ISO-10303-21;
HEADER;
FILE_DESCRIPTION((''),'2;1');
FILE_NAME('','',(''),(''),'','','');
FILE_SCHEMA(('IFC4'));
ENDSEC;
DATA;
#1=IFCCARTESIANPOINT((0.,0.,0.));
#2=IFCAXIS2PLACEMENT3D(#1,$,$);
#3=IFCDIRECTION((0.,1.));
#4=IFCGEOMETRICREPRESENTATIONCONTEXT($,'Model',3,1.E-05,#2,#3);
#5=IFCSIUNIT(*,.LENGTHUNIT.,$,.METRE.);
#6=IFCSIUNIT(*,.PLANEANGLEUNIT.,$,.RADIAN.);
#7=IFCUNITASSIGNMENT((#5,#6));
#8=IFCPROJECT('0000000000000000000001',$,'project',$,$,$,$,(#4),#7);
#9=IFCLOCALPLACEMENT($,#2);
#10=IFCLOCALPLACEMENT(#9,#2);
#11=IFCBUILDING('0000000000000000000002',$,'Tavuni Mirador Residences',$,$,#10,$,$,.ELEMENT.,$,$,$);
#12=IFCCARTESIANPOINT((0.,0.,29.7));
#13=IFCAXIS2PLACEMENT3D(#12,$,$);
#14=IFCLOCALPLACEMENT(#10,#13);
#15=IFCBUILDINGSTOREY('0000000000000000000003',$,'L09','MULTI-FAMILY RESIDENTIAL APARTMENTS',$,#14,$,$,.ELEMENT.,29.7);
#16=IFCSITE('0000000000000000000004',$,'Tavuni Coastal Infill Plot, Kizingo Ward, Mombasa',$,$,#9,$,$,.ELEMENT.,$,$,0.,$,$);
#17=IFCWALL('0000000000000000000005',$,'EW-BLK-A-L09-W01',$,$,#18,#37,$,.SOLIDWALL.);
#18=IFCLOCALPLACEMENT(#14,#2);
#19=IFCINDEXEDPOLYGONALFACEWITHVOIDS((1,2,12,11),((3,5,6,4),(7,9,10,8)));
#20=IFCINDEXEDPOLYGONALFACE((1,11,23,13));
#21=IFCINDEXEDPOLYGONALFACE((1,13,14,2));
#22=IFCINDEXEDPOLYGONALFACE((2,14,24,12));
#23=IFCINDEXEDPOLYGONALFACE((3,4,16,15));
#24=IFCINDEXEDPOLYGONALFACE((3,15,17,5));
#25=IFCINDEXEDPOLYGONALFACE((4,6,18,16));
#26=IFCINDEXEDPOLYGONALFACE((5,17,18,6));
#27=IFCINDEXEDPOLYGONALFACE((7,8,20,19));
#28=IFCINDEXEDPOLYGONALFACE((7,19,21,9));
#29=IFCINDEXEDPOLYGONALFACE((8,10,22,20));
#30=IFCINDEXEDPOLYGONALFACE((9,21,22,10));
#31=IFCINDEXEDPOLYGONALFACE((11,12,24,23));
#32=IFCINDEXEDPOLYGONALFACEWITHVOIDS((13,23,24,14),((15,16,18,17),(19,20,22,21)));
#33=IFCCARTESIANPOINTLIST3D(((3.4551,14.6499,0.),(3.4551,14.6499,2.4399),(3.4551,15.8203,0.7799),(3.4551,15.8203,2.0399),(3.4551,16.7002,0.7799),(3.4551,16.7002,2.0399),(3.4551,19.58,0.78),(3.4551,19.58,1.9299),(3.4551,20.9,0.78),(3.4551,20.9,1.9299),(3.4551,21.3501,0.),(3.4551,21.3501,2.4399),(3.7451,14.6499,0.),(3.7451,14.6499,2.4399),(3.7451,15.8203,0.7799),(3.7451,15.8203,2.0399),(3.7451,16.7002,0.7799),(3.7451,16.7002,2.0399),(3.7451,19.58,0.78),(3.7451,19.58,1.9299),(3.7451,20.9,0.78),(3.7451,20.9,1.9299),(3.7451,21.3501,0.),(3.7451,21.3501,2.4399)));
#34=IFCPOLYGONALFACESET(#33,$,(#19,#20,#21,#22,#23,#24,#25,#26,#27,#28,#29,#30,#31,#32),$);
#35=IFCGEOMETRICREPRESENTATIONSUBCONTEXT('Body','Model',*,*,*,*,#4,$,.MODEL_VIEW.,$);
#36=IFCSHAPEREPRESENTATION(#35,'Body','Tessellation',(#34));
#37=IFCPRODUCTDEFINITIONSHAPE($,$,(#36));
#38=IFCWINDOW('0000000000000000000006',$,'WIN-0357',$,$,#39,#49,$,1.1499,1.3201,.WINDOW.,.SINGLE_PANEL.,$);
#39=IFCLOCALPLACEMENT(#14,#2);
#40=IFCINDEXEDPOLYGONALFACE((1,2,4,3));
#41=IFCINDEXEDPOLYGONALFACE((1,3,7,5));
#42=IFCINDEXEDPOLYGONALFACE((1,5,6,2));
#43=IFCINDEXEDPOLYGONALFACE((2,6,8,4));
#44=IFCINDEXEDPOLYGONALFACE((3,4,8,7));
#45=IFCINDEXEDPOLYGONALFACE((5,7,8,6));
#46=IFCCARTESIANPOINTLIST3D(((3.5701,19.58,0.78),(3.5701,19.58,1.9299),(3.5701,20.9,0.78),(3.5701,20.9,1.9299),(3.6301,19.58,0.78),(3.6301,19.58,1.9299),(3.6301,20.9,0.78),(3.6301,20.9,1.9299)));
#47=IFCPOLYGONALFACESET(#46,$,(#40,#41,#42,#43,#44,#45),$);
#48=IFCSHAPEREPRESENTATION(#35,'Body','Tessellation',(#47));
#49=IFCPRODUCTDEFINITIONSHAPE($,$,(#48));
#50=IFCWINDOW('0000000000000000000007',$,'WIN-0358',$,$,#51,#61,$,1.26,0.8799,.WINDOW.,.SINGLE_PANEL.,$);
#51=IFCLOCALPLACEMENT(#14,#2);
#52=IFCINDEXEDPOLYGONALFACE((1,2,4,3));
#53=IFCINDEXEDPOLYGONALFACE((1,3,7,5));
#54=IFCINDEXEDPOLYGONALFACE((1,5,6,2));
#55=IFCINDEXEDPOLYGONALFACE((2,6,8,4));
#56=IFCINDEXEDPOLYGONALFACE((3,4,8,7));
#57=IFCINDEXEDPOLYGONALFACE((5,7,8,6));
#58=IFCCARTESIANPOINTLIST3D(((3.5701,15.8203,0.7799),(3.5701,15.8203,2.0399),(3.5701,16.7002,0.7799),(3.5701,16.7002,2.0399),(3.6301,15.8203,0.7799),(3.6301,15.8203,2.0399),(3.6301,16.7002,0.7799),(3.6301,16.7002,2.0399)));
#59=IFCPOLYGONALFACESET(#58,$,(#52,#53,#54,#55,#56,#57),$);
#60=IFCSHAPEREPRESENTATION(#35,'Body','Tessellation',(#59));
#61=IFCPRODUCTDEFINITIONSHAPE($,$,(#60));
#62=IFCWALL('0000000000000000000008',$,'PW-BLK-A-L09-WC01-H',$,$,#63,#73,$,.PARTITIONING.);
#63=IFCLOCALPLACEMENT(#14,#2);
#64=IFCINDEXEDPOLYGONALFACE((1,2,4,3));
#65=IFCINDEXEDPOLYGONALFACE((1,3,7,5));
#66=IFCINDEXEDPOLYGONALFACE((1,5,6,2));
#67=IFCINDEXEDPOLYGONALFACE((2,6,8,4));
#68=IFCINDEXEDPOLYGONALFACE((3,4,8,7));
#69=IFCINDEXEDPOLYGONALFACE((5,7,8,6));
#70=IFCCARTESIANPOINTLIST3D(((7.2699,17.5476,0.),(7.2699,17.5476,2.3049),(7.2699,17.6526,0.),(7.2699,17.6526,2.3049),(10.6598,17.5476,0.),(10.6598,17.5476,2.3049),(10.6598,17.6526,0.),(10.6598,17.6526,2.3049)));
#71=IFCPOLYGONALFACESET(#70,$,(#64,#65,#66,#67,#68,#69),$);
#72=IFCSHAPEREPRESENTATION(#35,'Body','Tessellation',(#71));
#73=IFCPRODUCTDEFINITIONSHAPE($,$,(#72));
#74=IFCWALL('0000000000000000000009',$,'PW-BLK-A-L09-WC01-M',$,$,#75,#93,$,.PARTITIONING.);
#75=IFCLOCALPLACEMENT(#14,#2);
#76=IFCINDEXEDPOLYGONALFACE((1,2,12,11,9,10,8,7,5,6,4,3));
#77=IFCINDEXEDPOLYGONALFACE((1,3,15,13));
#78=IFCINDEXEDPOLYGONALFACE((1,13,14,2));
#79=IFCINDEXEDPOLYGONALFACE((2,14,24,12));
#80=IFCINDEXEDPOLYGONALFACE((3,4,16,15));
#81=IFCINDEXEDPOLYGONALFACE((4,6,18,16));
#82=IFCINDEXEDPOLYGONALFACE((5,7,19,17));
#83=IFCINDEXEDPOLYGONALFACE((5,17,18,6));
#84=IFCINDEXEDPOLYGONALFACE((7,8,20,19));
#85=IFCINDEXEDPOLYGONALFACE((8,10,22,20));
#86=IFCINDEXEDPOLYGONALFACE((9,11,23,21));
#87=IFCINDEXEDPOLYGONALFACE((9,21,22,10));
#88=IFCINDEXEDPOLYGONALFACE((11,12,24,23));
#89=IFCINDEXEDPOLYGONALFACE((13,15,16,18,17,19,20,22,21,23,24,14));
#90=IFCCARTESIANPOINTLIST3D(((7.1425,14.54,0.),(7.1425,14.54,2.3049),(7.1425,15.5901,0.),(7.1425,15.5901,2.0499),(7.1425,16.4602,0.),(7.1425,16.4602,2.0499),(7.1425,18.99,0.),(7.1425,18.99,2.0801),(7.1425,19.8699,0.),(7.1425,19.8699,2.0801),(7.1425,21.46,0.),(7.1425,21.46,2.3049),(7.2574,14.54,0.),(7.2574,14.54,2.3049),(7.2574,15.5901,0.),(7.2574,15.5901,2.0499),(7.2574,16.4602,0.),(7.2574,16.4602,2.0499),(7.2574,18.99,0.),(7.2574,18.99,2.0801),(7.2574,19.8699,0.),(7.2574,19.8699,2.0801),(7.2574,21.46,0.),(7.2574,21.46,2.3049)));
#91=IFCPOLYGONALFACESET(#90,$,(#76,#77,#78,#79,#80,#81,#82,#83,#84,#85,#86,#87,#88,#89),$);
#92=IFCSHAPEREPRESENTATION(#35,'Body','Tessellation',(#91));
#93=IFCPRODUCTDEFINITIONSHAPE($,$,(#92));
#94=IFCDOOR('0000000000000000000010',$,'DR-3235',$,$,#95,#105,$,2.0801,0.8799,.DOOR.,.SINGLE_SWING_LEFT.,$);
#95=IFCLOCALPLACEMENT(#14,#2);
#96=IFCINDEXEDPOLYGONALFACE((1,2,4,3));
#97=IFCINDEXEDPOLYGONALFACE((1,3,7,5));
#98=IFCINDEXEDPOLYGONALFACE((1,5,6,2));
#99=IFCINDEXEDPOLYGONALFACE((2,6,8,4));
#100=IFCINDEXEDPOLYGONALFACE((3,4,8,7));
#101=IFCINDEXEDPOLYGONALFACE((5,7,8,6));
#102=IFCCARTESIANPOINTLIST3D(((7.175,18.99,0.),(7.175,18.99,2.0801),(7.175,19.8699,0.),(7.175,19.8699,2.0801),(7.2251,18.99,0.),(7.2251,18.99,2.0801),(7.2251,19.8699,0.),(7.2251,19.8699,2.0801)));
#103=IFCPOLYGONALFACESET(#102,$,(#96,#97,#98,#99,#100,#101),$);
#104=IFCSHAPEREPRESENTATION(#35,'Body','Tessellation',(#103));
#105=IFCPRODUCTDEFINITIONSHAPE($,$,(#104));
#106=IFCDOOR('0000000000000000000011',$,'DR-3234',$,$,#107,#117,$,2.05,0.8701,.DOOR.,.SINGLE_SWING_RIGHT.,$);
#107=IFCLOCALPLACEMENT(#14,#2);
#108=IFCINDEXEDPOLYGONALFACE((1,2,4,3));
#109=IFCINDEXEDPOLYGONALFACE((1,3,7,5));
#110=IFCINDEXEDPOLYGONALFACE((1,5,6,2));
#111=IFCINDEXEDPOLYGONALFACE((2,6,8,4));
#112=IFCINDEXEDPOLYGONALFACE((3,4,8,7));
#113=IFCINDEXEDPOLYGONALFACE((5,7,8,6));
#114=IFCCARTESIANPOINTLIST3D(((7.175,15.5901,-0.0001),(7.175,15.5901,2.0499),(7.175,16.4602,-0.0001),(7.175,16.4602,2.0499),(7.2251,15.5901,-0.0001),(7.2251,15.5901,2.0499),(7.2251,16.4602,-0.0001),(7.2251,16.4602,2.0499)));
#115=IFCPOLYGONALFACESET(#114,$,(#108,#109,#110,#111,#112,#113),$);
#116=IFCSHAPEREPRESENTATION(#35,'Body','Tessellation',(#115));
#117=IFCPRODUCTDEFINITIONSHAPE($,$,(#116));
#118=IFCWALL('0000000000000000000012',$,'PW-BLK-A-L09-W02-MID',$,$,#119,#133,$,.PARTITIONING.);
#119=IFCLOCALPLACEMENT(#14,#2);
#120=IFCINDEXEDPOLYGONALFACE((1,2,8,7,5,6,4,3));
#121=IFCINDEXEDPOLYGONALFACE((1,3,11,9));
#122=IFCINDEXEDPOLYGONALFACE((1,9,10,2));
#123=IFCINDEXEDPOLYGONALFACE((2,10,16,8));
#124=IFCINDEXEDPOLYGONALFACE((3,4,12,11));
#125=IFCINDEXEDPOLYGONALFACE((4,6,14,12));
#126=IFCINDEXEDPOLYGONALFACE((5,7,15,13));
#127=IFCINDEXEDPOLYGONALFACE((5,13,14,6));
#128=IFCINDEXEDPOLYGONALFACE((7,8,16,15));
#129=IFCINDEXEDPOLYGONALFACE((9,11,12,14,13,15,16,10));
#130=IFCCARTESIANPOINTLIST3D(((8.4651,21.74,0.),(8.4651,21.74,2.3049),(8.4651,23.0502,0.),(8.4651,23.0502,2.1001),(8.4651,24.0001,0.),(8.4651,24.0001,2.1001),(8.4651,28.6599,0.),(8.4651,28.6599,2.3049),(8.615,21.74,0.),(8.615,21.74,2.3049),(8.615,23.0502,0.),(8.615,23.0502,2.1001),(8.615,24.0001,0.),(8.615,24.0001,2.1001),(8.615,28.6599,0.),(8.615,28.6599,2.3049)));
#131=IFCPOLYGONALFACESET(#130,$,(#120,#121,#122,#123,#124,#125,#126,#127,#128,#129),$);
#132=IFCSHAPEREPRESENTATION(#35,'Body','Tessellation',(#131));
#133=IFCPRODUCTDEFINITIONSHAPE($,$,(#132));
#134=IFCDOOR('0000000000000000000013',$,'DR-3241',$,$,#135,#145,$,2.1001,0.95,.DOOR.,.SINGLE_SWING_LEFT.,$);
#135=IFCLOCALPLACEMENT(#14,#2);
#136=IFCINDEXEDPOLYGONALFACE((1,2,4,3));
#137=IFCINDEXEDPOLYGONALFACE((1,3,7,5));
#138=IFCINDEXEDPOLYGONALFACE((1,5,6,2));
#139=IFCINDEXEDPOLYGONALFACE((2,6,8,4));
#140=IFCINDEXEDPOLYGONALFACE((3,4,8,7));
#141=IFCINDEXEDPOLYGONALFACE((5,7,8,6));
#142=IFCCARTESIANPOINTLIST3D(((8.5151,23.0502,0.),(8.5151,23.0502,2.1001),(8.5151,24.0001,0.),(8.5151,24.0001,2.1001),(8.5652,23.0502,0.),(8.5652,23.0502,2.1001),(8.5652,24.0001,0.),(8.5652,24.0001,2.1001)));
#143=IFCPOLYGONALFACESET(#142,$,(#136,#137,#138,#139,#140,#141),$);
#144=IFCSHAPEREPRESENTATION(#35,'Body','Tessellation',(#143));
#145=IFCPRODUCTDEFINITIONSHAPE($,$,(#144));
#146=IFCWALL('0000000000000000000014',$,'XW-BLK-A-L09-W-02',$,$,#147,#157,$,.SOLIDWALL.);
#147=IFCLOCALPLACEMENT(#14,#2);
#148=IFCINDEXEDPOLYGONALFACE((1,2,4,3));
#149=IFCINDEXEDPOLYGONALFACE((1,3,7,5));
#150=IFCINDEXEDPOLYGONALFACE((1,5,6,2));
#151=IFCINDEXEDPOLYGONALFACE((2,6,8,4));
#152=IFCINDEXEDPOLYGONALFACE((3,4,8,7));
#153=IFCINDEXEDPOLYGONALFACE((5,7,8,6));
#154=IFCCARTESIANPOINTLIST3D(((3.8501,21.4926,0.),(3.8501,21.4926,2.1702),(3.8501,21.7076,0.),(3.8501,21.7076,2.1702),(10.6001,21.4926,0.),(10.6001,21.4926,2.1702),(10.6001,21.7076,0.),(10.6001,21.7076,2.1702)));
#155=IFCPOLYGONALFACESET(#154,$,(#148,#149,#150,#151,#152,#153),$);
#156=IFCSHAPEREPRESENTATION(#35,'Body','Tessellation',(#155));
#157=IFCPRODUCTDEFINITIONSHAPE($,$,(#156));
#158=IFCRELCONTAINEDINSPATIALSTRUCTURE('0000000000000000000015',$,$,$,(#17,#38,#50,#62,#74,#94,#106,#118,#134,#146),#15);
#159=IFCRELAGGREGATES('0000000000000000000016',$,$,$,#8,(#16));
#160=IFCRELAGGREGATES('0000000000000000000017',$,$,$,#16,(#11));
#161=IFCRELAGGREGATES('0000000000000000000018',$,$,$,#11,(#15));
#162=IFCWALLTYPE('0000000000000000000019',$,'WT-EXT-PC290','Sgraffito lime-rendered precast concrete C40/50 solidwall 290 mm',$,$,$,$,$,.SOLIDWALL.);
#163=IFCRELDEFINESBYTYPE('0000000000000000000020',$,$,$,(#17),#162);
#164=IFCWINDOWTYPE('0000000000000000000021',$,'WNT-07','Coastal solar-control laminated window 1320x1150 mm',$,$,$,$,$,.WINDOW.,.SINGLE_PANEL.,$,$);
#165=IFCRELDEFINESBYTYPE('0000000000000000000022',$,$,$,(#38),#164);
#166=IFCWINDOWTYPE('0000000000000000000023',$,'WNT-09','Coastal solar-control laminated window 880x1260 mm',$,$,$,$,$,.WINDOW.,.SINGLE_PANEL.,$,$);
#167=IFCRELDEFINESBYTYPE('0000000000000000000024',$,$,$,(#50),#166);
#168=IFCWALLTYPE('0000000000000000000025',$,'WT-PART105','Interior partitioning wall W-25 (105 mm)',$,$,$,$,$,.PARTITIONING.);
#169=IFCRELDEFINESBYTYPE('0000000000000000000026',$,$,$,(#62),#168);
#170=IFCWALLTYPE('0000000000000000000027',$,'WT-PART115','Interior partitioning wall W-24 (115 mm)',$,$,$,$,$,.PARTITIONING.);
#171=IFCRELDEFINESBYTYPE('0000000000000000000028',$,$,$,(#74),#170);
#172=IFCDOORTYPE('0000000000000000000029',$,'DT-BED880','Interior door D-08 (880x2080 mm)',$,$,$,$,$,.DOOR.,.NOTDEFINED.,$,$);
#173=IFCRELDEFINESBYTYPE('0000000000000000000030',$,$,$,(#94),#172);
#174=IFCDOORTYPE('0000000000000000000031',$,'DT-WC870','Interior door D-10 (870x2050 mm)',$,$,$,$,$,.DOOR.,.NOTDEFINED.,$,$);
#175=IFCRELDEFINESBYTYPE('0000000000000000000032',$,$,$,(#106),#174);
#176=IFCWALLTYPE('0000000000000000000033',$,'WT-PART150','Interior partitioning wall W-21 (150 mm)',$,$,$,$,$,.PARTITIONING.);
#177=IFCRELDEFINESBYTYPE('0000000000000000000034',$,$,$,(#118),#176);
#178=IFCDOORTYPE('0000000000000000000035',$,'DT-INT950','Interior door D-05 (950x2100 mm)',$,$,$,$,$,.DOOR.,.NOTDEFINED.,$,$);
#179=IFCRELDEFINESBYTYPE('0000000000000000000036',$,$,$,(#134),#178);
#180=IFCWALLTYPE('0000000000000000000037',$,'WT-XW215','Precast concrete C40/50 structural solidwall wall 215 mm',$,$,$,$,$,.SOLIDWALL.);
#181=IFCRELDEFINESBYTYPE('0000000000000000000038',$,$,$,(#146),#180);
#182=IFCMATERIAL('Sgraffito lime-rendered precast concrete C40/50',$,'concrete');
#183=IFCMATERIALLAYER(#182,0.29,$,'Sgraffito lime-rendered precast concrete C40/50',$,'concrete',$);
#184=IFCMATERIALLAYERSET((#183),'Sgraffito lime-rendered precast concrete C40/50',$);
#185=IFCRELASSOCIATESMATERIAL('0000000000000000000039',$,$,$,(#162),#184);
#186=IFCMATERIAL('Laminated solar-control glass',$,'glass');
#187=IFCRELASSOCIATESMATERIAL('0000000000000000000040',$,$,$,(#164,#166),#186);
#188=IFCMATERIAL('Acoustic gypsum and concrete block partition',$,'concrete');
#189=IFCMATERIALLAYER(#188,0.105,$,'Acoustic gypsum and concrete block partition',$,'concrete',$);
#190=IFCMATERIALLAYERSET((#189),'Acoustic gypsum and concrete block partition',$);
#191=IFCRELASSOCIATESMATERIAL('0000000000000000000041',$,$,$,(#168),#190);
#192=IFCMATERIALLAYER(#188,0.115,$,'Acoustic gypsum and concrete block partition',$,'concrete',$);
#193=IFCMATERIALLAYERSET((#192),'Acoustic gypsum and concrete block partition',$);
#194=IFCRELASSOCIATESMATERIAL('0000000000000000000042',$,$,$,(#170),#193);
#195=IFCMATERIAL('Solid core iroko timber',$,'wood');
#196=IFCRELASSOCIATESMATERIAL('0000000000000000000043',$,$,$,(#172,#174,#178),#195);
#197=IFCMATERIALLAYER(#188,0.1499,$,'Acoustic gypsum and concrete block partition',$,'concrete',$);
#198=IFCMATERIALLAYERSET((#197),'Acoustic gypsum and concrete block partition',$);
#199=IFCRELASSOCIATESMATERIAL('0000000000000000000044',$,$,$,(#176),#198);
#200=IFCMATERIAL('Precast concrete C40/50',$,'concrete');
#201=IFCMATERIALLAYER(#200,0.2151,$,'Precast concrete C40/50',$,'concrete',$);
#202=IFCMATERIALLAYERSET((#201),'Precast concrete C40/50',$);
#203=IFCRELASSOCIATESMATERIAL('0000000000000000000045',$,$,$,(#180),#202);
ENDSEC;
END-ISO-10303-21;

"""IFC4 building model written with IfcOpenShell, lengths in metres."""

from ifc_helpers import new_model, si_unit, direction, frame, frame_2d, origin, place, context, subcontext, project, spatial, rectangle, extrude, material, layer, layer_set, type_object, element, fill, save


model = new_model("IFC4")

# Units and contexts
model_context = context("Model", 3, precision=1e-05, world=origin(), true_north=direction((0.0, 1.0)))
body_context = subcontext(model_context, "Body", "Model", "MODEL_VIEW")
ifc_project = project(units=[si_unit("LENGTHUNIT", "METRE"), si_unit("PLANEANGLEUNIT", "RADIAN")], contexts=[model_context])

# Site, building, storey
site_placement = place(None, origin())
site = spatial("IfcSite", under=ifc_project, at=site_placement, Name="Tavuni Coastal Infill Plot, Kizingo Ward, Mombasa", CompositionType="ELEMENT", RefElevation=0.0)
building_placement = place(site_placement, origin())
building = spatial("IfcBuilding", under=site, at=building_placement, Name="Tavuni Mirador Residences", CompositionType="ELEMENT")
storey_placement = place(building_placement, frame((0.0, 0.0, 29.7)))
storey = spatial("IfcBuildingStorey", under=building, at=storey_placement, Name="L09", Description="MULTI-FAMILY RESIDENTIAL APARTMENTS", CompositionType="ELEMENT", Elevation=29.7)

# Shared definitions
ifc_material_1 = material(Name="Precast concrete C40/50", Category="concrete")

# Shared definitions
ifc_material_2 = material(Name="Laminated solar-control glass", Category="glass")

# Wall, openings, windows
ifc_material_3 = material(Name="Sgraffito lime-rendered precast concrete C40/50", Category="concrete")
ifc_layer_1 = layer(ifc_material_3, 0.29, Name="Sgraffito lime-rendered precast concrete C40/50", Category="concrete")
ifc_layer_set_1 = layer_set([ifc_layer_1], Name="Sgraffito lime-rendered precast concrete C40/50")
wall_type_1 = type_object("IfcWallType", Name="WT-EXT-PC290", Description="Sgraffito lime-rendered precast concrete C40/50 solidwall 290 mm", PredefinedType="SOLIDWALL", material=ifc_layer_set_1)
wall_1_placement = place(storey_placement, frame((3.6001, 21.3501, 0.0), z_axis=(0.0, 0.0, 1.0), x_axis=(0.0, -1.0, 0.0)))
wall_1 = element("IfcWall", 1, at=wall_1_placement, inside=storey, type_object=wall_type_1, Name="EW-BLK-A-L09-W01", PredefinedType="SOLIDWALL", context=body_context, shape_type="SweptSolid", body=[
    extrude(rectangle(XDim=6.7002, YDim=0.29, at=frame_2d((3.3501, 0.0))), origin(), (0.0, 0.0, 1.0), 2.4399),
])
opening_1_placement = place(wall_1_placement, frame((0.45, 0.0, 0.78)))
opening_1 = element("IfcOpeningElement", 2, at=opening_1_placement, cuts=wall_1, PredefinedType="OPENING", context=body_context, shape_type="SweptSolid", body=[
    extrude(rectangle(XDim=1.3201, YDim=1.1499, at=frame_2d((0.6602, 0.575))), frame((0.0, 0.155, 0.0), z_axis=(0.0, -1.0, 0.0), x_axis=(1.0, 0.0, 0.0)), (0.0, 0.0, 1.0), 0.3101),
])
opening_2_placement = place(wall_1_placement, frame((4.6499, 0.0, 0.78)))
opening_2 = element("IfcOpeningElement", 3, at=opening_2_placement, cuts=wall_1, PredefinedType="OPENING", context=body_context, shape_type="SweptSolid", body=[
    extrude(rectangle(XDim=0.8799, YDim=1.26, at=frame_2d((0.4399, 0.6299))), frame((0.0, 0.155, 0.0), z_axis=(0.0, -1.0, 0.0), x_axis=(1.0, 0.0, 0.0)), (0.0, 0.0, 1.0), 0.3101),
])
window_type_1 = type_object("IfcWindowType", Name="WNT-07", Description="Coastal solar-control laminated window 1320x1150 mm", PartitioningType="SINGLE_PANEL", PredefinedType="WINDOW", material=ifc_material_2)
window_1_placement = place(opening_1_placement, origin())
window_1 = element("IfcWindow", 4, at=window_1_placement, inside=storey, type_object=window_type_1, Name="WIN-0357", OverallHeight=1.1499, OverallWidth=1.3201, PartitioningType="SINGLE_PANEL", PredefinedType="WINDOW", context=body_context, shape_type="SweptSolid", body=[
    extrude(rectangle(XDim=1.3201, YDim=1.1499, at=frame_2d((0.6602, 0.575))), frame((0.0, 0.03, 0.0), z_axis=(0.0, -1.0, 0.0), x_axis=(1.0, 0.0, 0.0)), (0.0, 0.0, 1.0), 0.0601),
])
fill(opening_1, window_1)
window_type_2 = type_object("IfcWindowType", Name="WNT-09", Description="Coastal solar-control laminated window 880x1260 mm", PartitioningType="SINGLE_PANEL", PredefinedType="WINDOW", material=ifc_material_2)
window_2_placement = place(opening_2_placement, origin())
window_2 = element("IfcWindow", 5, at=window_2_placement, inside=storey, type_object=window_type_2, Name="WIN-0358", OverallHeight=1.26, OverallWidth=0.8799, PartitioningType="SINGLE_PANEL", PredefinedType="WINDOW", context=body_context, shape_type="SweptSolid", body=[
    extrude(rectangle(XDim=0.8799, YDim=1.26, at=frame_2d((0.4399, 0.6299))), frame((0.0, 0.03, 0.0), z_axis=(0.0, -1.0, 0.0), x_axis=(1.0, 0.0, 0.0)), (0.0, 0.0, 1.0), 0.0601),
])
fill(opening_2, window_2)

# Wall
ifc_material_4 = material(Name="Acoustic gypsum and concrete block partition", Category="concrete")
ifc_layer_2 = layer(ifc_material_4, 0.105, Name="Acoustic gypsum and concrete block partition", Category="concrete")
ifc_layer_set_2 = layer_set([ifc_layer_2], Name="Acoustic gypsum and concrete block partition")
wall_type_2 = type_object("IfcWallType", Name="WT-PART105", Description="Interior partitioning wall W-25 (105 mm)", PredefinedType="PARTITIONING", material=ifc_layer_set_2)
wall_2_placement = place(storey_placement, frame((7.27, 17.6001, 0.0), z_axis=(0.0, 0.0, 1.0), x_axis=(1.0, 0.0, 0.0)))
element("IfcWall", 6, at=wall_2_placement, inside=storey, type_object=wall_type_2, Name="PW-BLK-A-L09-WC01-H", PredefinedType="PARTITIONING", context=body_context, shape_type="SweptSolid", body=[
    extrude(rectangle(XDim=3.3899, YDim=0.105, at=frame_2d((1.6948, 0.0))), origin(), (0.0, 0.0, 1.0), 2.3049),
])

# Wall, openings, doors
ifc_layer_3 = layer(ifc_material_4, 0.115, Name="Acoustic gypsum and concrete block partition", Category="concrete")
ifc_layer_set_3 = layer_set([ifc_layer_3], Name="Acoustic gypsum and concrete block partition")
wall_type_3 = type_object("IfcWallType", Name="WT-PART115", Description="Interior partitioning wall W-24 (115 mm)", PredefinedType="PARTITIONING", material=ifc_layer_set_3)
wall_3_placement = place(storey_placement, frame((7.2, 14.54, 0.0), z_axis=(0.0, 0.0, 1.0), x_axis=(0.0, 1.0, 0.0)))
wall_3 = element("IfcWall", 7, at=wall_3_placement, inside=storey, type_object=wall_type_3, Name="PW-BLK-A-L09-WC01-M", PredefinedType="PARTITIONING", context=body_context, shape_type="SweptSolid", body=[
    extrude(rectangle(XDim=6.9199, YDim=0.115, at=frame_2d((3.46, 0.0))), origin(), (0.0, 0.0, 1.0), 2.3049),
])
opening_3_placement = place(wall_3_placement, frame((1.05, 0.0, 0.0)))
opening_3 = element("IfcOpeningElement", 8, at=opening_3_placement, cuts=wall_3, PredefinedType="OPENING", context=body_context, shape_type="SweptSolid", body=[
    extrude(rectangle(XDim=0.8701, YDim=2.05, at=frame_2d((0.4351, 1.0249))), frame((0.0, 0.0674, 0.0), z_axis=(0.0, -1.0, 0.0), x_axis=(1.0, 0.0, 0.0)), (0.0, 0.0, 1.0), 0.135),
])
opening_4_placement = place(wall_3_placement, frame((4.45, 0.0, 0.0)))
opening_4 = element("IfcOpeningElement", 9, at=opening_4_placement, cuts=wall_3, PredefinedType="OPENING", context=body_context, shape_type="SweptSolid", body=[
    extrude(rectangle(XDim=0.8799, YDim=2.0801, at=frame_2d((0.4399, 1.04))), frame((0.0, 0.0674, 0.0), z_axis=(0.0, -1.0, 0.0), x_axis=(1.0, 0.0, 0.0)), (0.0, 0.0, 1.0), 0.135),
])
ifc_material_5 = material(Name="Solid core iroko timber", Category="wood")
door_type_1 = type_object("IfcDoorType", Name="DT-BED880", Description="Interior door D-08 (880x2080 mm)", OperationType="NOTDEFINED", PredefinedType="DOOR", material=ifc_material_5)
door_1_placement = place(opening_4_placement, origin())
door_1 = element("IfcDoor", 10, at=door_1_placement, inside=storey, type_object=door_type_1, Name="DR-3235", OperationType="SINGLE_SWING_LEFT", OverallHeight=2.0801, OverallWidth=0.8799, PredefinedType="DOOR", context=body_context, shape_type="SweptSolid", body=[
    extrude(rectangle(XDim=0.8799, YDim=2.0801, at=frame_2d((0.4399, 1.04))), frame((0.0, 0.0249, 0.0), z_axis=(0.0, -1.0, 0.0), x_axis=(1.0, 0.0, 0.0)), (0.0, 0.0, 1.0), 0.05),
])
fill(opening_4, door_1)
door_type_2 = type_object("IfcDoorType", Name="DT-WC870", Description="Interior door D-10 (870x2050 mm)", OperationType="NOTDEFINED", PredefinedType="DOOR", material=ifc_material_5)
door_2_placement = place(opening_3_placement, origin())
door_2 = element("IfcDoor", 11, at=door_2_placement, inside=storey, type_object=door_type_2, Name="DR-3234", OperationType="SINGLE_SWING_RIGHT", OverallHeight=2.05, OverallWidth=0.8701, PredefinedType="DOOR", context=body_context, shape_type="SweptSolid", body=[
    extrude(rectangle(XDim=0.8701, YDim=2.05, at=frame_2d((0.4351, 1.0249))), frame((0.0, 0.0249, 0.0), z_axis=(0.0, -1.0, 0.0), x_axis=(1.0, 0.0, 0.0)), (0.0, 0.0, 1.0), 0.05),
])
fill(opening_3, door_2)

# Wall, opening, door
ifc_layer_4 = layer(ifc_material_4, 0.1499, Name="Acoustic gypsum and concrete block partition", Category="concrete")
ifc_layer_set_4 = layer_set([ifc_layer_4], Name="Acoustic gypsum and concrete block partition")
wall_type_4 = type_object("IfcWallType", Name="WT-PART150", Description="Interior partitioning wall W-21 (150 mm)", PredefinedType="PARTITIONING", material=ifc_layer_set_4)
wall_4_placement = place(storey_placement, frame((8.54, 21.74, 0.0), z_axis=(0.0, 0.0, 1.0), x_axis=(0.0, 1.0, 0.0)))
wall_4 = element("IfcWall", 12, at=wall_4_placement, inside=storey, type_object=wall_type_4, Name="PW-BLK-A-L09-W02-MID", PredefinedType="PARTITIONING", context=body_context, shape_type="SweptSolid", body=[
    extrude(rectangle(XDim=6.9199, YDim=0.1499, at=frame_2d((3.46, 0.0))), origin(), (0.0, 0.0, 1.0), 2.3049),
])
opening_5_placement = place(wall_4_placement, frame((1.3101, 0.0, 0.0)))
opening_5 = element("IfcOpeningElement", 13, at=opening_5_placement, cuts=wall_4, PredefinedType="OPENING", context=body_context, shape_type="SweptSolid", body=[
    extrude(rectangle(XDim=0.95, YDim=2.1001, at=frame_2d((0.4751, 1.05))), frame((0.0, 0.085, 0.0), z_axis=(0.0, -1.0, 0.0), x_axis=(1.0, 0.0, 0.0)), (0.0, 0.0, 1.0), 0.1699),
])
door_type_3 = type_object("IfcDoorType", Name="DT-INT950", Description="Interior door D-05 (950x2100 mm)", OperationType="NOTDEFINED", PredefinedType="DOOR", material=ifc_material_5)
door_3_placement = place(opening_5_placement, origin())
door_3 = element("IfcDoor", 14, at=door_3_placement, inside=storey, type_object=door_type_3, Name="DR-3241", OperationType="SINGLE_SWING_LEFT", OverallHeight=2.1001, OverallWidth=0.95, PredefinedType="DOOR", context=body_context, shape_type="SweptSolid", body=[
    extrude(rectangle(XDim=0.95, YDim=2.1001, at=frame_2d((0.4751, 1.05))), frame((0.0, 0.0249, 0.0), z_axis=(0.0, -1.0, 0.0), x_axis=(1.0, 0.0, 0.0)), (0.0, 0.0, 1.0), 0.05),
])
fill(opening_5, door_3)
ifc_layer_5 = layer(ifc_material_1, 0.2151, Name="Precast concrete C40/50", Category="concrete")
ifc_layer_set_5 = layer_set([ifc_layer_5], Name="Precast concrete C40/50")
wall_type_5 = type_object("IfcWallType", Name="WT-XW215", Description="Precast concrete C40/50 structural solidwall wall 215 mm", PredefinedType="SOLIDWALL", material=ifc_layer_set_5)

# Wall
wall_5_placement = place(storey_placement, frame((3.8501, 21.6001, 0.0), z_axis=(0.0, 0.0, 1.0), x_axis=(1.0, 0.0, 0.0)))
element("IfcWall", 15, at=wall_5_placement, inside=storey, type_object=wall_type_5, Name="XW-BLK-A-L09-W-02", PredefinedType="SOLIDWALL", context=body_context, shape_type="SweptSolid", body=[
    extrude(rectangle(XDim=6.75, YDim=0.2151, at=frame_2d((3.375, 0.0))), origin(), (0.0, 0.0, 1.0), 2.1702),
])

save(model, "model.ifc")
